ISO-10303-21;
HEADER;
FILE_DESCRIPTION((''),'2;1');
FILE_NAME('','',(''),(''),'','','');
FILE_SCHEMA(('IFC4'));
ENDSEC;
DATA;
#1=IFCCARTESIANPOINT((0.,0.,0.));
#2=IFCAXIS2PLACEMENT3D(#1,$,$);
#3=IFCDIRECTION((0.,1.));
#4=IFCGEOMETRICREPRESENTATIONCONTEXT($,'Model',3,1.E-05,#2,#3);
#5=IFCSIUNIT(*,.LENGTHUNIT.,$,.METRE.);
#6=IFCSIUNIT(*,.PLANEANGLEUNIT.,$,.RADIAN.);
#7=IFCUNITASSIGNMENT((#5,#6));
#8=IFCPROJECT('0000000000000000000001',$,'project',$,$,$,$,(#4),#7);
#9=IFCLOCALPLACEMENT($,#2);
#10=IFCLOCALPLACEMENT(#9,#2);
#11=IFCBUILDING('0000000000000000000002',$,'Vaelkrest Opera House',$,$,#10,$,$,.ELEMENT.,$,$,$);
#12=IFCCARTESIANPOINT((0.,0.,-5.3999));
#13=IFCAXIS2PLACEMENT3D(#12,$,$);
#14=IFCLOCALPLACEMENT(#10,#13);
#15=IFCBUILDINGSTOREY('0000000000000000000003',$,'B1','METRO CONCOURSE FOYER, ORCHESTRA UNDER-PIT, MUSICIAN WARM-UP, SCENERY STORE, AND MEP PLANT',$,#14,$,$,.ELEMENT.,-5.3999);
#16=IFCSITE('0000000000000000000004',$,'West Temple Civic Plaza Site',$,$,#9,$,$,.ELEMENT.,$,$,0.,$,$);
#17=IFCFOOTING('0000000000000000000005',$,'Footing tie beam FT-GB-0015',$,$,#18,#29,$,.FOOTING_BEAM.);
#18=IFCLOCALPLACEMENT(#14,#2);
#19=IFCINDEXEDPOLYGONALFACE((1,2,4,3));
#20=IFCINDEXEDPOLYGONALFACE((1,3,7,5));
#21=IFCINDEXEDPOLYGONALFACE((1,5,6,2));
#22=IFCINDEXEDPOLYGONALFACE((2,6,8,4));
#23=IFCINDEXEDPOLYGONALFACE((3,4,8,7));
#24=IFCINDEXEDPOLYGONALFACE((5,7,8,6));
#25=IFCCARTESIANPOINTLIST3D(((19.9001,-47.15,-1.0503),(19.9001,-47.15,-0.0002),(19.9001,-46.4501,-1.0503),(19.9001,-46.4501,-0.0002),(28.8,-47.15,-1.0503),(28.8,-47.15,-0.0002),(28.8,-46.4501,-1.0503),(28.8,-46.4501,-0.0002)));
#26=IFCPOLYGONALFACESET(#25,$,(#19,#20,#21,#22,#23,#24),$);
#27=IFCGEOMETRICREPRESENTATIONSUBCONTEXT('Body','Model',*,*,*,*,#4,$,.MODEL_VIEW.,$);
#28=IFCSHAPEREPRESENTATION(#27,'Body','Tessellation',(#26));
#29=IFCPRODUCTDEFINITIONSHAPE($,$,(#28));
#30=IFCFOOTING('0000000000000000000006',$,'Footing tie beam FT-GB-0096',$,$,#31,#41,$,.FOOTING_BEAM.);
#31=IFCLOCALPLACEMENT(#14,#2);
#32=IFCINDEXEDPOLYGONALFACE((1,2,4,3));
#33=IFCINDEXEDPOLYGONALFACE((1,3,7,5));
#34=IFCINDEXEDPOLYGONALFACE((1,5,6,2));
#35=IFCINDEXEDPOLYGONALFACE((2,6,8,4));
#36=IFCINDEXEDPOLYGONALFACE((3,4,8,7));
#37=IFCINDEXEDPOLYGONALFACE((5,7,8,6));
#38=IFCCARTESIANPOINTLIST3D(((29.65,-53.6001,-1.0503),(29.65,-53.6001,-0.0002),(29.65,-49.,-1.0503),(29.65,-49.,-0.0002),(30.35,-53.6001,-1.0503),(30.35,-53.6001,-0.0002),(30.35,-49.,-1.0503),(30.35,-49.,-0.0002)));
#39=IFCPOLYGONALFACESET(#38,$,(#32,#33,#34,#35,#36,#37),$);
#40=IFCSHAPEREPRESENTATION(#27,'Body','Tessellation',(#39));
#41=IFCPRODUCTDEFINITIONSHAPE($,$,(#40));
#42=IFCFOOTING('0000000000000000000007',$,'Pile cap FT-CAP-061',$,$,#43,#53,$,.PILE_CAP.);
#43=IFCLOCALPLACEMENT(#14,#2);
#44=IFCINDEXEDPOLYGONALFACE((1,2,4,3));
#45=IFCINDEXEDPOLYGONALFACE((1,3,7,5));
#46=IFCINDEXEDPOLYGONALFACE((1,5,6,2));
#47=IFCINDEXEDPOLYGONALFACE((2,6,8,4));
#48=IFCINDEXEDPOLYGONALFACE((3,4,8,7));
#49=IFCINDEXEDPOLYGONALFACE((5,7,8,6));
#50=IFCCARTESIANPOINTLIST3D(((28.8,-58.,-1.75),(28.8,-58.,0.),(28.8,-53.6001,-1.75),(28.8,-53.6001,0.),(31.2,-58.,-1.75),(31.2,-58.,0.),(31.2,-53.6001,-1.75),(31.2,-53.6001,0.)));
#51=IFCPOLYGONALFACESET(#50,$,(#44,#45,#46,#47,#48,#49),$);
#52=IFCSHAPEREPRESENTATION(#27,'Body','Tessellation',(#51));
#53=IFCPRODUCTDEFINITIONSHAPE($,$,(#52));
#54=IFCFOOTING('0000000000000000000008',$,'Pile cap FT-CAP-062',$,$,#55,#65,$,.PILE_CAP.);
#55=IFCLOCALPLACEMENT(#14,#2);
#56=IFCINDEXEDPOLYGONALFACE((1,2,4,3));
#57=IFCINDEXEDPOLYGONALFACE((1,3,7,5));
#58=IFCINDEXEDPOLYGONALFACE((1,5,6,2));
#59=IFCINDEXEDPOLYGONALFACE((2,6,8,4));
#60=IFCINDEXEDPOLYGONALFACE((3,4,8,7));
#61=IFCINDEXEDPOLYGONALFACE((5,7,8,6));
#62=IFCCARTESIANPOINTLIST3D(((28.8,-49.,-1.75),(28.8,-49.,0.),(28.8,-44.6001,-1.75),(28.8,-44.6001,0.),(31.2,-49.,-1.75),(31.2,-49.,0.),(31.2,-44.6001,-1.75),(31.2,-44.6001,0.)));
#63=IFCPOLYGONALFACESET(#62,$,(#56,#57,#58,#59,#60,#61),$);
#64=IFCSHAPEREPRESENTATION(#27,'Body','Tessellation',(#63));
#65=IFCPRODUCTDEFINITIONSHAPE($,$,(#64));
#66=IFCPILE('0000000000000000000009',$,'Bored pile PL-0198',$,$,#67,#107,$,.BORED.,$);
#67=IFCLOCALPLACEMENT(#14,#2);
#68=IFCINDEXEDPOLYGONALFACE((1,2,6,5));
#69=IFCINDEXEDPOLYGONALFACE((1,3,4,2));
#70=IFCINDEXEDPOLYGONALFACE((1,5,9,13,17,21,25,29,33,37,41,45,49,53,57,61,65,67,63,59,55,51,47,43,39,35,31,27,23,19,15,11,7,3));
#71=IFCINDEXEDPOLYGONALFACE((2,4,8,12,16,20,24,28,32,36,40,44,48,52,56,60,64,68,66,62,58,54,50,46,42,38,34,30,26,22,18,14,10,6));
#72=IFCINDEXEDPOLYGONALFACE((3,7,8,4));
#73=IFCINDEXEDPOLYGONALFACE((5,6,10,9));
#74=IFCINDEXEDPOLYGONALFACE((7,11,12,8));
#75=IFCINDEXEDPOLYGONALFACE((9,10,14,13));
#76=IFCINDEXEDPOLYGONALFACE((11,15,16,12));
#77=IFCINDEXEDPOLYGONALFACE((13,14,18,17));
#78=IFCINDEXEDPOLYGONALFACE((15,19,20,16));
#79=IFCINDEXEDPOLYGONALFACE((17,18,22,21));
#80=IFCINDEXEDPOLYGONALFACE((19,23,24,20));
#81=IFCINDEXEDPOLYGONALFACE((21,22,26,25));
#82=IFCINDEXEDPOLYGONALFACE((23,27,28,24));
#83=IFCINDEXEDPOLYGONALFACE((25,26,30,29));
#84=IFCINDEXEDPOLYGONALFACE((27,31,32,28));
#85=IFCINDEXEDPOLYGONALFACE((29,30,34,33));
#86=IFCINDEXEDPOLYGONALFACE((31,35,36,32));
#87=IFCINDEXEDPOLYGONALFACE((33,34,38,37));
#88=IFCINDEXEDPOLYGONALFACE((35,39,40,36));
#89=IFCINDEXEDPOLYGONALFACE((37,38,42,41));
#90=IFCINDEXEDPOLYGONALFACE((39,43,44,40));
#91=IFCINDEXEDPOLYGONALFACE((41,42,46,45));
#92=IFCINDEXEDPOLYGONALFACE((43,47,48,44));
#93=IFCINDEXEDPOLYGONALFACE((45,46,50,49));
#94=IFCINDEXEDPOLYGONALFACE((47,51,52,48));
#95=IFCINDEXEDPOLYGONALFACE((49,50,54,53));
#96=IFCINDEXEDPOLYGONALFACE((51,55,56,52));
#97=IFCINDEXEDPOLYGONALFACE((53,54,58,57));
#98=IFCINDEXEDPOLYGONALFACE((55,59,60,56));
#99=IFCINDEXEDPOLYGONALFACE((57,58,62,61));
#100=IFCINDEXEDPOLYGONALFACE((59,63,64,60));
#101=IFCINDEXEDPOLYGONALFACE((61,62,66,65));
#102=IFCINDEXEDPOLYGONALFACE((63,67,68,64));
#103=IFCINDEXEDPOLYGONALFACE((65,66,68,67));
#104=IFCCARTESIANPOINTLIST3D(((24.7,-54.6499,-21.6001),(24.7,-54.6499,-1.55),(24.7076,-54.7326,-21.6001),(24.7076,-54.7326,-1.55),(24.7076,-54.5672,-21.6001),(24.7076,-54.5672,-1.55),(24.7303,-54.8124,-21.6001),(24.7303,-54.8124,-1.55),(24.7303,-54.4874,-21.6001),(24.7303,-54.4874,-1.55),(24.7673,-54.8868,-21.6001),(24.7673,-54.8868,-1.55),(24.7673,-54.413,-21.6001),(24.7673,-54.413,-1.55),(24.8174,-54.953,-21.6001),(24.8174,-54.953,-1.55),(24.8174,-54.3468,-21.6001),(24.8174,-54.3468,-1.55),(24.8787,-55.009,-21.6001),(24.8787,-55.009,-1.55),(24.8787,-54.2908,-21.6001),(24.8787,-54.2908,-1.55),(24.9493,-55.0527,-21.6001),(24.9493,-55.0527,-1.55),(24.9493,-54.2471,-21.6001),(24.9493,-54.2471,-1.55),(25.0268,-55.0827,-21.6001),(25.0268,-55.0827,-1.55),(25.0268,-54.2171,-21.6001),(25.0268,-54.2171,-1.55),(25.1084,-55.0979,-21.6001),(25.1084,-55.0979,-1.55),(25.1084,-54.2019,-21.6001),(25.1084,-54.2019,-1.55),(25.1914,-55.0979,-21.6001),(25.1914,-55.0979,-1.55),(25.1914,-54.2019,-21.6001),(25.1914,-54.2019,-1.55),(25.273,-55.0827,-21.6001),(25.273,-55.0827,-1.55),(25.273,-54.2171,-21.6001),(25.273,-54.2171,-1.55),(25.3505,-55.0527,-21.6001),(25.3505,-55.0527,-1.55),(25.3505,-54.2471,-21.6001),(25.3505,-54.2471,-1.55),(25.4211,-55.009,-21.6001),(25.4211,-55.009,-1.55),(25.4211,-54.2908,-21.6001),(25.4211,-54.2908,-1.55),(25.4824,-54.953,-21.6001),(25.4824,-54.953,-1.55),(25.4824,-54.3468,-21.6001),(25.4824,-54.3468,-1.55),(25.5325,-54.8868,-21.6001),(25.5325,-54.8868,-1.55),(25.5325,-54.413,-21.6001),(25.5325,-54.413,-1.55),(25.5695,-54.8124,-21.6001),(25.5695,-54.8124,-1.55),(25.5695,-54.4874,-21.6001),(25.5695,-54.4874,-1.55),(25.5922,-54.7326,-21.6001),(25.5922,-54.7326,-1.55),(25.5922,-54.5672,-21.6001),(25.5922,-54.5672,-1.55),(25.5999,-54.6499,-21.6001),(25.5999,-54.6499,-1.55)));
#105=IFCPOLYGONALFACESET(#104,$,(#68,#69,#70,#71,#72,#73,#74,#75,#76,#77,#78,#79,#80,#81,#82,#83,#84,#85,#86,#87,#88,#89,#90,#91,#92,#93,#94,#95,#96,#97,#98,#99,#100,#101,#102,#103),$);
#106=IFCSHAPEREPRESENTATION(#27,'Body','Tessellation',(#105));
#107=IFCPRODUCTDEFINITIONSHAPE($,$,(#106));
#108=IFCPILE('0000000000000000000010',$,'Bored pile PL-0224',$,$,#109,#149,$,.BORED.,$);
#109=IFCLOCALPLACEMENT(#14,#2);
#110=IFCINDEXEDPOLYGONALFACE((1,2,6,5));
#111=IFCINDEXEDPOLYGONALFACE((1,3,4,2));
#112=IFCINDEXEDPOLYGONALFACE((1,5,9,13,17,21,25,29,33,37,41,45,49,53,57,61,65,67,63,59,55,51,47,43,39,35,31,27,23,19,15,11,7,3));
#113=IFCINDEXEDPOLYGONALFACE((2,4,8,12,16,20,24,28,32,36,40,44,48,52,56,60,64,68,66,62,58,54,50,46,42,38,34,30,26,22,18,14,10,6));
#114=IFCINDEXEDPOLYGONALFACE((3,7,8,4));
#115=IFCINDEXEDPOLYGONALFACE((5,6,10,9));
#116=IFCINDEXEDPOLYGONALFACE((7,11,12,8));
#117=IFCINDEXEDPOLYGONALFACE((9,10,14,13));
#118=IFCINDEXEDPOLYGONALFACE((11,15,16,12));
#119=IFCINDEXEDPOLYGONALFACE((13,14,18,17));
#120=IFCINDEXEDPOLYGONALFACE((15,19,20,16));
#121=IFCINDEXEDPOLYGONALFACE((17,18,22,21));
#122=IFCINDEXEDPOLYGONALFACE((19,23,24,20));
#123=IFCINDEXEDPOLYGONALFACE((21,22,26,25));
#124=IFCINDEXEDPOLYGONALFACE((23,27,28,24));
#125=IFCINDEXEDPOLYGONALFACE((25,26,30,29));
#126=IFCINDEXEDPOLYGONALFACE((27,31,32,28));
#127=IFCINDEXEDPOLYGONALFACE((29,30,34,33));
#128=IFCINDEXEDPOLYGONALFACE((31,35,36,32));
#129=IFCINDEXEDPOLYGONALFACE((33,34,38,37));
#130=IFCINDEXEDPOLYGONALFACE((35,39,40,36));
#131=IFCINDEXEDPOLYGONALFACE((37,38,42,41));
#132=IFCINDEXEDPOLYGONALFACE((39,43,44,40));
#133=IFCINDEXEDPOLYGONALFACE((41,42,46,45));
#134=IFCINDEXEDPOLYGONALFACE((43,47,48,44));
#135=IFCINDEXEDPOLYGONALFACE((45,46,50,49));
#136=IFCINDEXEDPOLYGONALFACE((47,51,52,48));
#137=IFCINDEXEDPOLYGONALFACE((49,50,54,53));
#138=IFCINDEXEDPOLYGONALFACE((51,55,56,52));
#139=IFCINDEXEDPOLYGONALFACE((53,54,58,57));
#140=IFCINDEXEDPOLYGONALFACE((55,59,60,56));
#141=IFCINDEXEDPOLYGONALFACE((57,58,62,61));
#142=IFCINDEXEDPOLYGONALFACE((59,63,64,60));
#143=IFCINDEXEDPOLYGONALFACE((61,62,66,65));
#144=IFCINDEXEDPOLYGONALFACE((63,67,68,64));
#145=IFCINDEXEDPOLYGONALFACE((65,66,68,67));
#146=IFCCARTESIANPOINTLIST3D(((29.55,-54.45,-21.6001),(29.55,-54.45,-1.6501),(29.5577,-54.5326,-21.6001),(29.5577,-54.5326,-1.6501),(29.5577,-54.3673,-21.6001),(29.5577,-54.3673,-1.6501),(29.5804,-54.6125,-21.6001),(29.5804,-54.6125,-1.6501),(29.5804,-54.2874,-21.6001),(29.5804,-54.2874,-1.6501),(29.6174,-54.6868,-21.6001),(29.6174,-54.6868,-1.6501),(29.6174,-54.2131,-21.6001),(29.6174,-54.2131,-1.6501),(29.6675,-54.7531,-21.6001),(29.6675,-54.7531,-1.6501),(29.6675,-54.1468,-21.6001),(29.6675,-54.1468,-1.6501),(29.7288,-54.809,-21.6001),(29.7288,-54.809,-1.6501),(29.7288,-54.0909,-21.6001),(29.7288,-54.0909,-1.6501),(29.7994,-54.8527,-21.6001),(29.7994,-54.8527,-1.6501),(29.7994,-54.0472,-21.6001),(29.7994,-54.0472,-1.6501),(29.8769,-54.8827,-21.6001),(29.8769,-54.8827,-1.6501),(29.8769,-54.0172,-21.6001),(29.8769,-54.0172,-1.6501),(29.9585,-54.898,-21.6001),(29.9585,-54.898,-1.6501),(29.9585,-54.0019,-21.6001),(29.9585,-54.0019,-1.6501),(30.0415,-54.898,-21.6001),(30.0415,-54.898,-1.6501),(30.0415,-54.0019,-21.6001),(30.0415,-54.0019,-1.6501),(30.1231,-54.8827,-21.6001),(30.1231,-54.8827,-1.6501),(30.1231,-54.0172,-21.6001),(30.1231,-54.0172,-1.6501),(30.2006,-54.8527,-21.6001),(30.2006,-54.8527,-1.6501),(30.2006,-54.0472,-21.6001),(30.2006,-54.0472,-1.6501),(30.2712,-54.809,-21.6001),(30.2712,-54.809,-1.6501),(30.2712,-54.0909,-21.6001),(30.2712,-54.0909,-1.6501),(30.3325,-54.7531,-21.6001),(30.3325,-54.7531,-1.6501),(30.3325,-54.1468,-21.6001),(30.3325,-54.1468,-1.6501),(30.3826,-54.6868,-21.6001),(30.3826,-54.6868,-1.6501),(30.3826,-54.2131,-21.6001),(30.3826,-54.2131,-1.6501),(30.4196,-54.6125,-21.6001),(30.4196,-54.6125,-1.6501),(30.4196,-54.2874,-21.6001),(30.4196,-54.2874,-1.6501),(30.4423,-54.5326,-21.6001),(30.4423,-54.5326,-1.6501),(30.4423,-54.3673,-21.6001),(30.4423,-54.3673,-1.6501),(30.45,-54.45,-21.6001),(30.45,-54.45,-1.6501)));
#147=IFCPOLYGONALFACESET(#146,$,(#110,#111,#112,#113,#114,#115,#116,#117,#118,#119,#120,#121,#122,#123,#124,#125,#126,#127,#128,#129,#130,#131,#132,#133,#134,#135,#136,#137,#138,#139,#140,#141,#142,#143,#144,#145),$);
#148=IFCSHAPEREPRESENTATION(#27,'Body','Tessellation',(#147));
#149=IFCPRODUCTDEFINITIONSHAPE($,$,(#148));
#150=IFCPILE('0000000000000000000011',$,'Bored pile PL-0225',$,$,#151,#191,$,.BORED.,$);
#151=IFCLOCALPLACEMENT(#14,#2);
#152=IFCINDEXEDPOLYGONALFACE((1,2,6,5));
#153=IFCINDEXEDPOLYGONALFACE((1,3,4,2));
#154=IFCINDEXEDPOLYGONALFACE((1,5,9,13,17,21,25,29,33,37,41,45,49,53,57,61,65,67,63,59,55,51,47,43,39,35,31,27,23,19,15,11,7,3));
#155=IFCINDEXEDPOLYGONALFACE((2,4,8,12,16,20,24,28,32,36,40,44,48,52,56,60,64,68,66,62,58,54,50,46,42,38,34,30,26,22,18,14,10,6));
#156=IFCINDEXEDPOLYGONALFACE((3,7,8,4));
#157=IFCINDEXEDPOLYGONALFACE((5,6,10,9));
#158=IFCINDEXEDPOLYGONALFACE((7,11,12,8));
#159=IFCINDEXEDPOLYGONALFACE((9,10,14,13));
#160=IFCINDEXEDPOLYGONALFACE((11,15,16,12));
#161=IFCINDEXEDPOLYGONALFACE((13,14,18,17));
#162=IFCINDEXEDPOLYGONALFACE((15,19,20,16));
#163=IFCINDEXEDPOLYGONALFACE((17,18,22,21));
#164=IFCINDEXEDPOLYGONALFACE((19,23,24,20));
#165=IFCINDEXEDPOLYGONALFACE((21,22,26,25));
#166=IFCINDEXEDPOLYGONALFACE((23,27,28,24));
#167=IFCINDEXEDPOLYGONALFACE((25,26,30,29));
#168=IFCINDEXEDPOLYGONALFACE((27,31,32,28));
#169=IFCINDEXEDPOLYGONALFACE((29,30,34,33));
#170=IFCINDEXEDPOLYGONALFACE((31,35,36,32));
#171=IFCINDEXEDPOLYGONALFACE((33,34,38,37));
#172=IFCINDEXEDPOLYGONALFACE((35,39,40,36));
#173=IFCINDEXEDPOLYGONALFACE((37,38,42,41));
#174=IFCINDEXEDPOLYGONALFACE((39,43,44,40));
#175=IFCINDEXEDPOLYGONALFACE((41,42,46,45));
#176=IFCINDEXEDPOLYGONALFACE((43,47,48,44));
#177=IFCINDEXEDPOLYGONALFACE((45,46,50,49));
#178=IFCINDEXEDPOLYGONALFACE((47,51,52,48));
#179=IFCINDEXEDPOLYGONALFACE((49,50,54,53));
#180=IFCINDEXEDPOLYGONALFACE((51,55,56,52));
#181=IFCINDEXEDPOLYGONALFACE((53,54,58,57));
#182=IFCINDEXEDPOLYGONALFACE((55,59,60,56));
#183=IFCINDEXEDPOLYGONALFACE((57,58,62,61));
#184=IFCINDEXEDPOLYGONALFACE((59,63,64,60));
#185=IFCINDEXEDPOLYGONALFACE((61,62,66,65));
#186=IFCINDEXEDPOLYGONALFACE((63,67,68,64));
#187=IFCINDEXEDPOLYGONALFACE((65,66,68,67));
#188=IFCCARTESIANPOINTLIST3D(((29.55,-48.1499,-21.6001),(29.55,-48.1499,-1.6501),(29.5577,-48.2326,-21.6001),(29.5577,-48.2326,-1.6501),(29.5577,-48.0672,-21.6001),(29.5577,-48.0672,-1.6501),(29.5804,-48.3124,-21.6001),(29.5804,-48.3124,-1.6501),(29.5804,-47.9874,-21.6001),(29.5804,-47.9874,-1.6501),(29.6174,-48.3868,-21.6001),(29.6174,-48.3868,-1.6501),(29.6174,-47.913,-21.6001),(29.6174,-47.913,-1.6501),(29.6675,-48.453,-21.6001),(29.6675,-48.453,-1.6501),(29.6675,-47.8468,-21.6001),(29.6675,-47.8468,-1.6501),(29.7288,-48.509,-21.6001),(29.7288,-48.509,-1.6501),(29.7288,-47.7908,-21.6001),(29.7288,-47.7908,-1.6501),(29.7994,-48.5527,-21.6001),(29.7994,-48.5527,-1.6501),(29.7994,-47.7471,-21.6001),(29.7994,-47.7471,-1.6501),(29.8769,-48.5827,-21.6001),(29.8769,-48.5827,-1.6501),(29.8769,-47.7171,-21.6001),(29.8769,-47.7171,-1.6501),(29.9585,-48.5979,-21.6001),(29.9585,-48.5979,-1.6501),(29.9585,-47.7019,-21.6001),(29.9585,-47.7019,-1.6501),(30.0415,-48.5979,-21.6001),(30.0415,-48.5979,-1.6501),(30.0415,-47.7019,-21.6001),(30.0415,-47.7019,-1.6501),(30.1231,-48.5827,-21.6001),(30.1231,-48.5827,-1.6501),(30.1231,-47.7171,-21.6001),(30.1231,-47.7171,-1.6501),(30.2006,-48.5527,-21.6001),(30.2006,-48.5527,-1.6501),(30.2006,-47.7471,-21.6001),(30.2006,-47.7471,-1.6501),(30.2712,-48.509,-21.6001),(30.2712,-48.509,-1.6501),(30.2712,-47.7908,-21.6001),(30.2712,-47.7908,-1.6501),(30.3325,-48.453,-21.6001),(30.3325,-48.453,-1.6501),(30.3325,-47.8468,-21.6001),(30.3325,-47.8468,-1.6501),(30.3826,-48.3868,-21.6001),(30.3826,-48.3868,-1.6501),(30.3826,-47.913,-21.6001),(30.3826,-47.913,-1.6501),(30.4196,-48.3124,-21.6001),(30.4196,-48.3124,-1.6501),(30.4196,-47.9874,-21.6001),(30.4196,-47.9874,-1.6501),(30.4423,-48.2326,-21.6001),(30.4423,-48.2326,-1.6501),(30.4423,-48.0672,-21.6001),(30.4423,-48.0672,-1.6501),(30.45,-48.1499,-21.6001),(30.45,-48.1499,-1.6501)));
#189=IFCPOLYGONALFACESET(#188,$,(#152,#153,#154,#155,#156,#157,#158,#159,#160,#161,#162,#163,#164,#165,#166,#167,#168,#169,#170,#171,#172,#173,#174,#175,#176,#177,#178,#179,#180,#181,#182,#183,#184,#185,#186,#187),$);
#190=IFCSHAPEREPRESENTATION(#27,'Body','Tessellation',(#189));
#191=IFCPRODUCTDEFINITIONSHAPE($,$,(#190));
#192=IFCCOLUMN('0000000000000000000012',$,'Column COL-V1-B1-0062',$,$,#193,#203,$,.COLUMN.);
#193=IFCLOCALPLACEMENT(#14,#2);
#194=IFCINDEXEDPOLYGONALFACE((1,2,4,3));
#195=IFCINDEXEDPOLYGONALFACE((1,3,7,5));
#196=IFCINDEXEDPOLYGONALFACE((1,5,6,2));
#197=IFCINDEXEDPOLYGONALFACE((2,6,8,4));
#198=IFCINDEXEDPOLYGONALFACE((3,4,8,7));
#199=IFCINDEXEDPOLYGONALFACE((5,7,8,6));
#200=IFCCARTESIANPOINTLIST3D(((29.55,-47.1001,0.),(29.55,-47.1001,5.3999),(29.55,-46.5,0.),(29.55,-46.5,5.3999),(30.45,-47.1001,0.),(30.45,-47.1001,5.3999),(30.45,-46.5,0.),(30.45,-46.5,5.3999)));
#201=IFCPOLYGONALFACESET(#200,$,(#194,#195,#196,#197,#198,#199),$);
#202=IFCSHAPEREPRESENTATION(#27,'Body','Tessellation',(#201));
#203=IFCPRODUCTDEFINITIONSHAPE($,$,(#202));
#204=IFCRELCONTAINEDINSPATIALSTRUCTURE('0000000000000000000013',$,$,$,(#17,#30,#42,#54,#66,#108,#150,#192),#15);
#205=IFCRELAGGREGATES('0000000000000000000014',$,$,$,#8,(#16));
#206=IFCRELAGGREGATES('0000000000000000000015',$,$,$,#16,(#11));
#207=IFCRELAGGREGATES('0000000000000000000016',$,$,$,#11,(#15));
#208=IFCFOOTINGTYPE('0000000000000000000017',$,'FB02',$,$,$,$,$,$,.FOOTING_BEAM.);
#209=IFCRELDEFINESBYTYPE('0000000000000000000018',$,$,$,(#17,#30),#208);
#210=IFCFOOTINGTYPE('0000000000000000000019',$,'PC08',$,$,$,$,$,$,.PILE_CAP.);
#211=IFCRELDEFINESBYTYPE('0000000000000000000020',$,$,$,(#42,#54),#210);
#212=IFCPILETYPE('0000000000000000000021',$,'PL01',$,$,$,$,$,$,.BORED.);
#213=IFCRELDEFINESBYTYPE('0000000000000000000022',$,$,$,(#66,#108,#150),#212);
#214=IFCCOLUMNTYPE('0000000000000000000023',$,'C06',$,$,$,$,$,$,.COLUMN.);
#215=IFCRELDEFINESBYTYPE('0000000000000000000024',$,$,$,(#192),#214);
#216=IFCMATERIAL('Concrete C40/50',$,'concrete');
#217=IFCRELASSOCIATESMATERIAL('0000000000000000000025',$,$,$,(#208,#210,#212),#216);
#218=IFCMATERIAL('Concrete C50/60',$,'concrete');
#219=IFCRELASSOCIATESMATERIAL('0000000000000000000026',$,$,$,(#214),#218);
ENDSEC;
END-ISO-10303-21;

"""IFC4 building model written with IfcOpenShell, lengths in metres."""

from ifc_helpers import new_model, si_unit, direction, frame, origin, origin_2d, place, context, subcontext, project, spatial, rectangle, circle, extrude, material, material_profile, profile_set, type_object, element, save


model = new_model("IFC4")

# Units and contexts
model_context = context("Model", 3, precision=1e-05, world=origin(), true_north=direction((0.0, 1.0)))
body_context = subcontext(model_context, "Body", "Model", "MODEL_VIEW")
ifc_project = project(units=[si_unit("LENGTHUNIT", "METRE"), si_unit("PLANEANGLEUNIT", "RADIAN")], contexts=[model_context])

# Site, building, storey
site_placement = place(None, origin())
site = spatial("IfcSite", under=ifc_project, at=site_placement, Name="West Temple Civic Plaza Site", CompositionType="ELEMENT", RefElevation=0.0)
building_placement = place(site_placement, origin())
building = spatial("IfcBuilding", under=site, at=building_placement, Name="Vaelkrest Opera House", CompositionType="ELEMENT")
storey_placement = place(building_placement, frame((0.0, 0.0, -5.3999)))
storey = spatial("IfcBuildingStorey", under=building, at=storey_placement, Name="B1", Description="METRO CONCOURSE FOYER, ORCHESTRA UNDER-PIT, MUSICIAN WARM-UP, SCENERY STORE, AND MEP PLANT", CompositionType="ELEMENT", Elevation=-5.3999)

# Footings
ifc_material_1 = material(Name="Concrete C40/50", Category="concrete")
footing_type_1 = type_object("IfcFootingType", Name="FB02", PredefinedType="FOOTING_BEAM", material=ifc_material_1)
footing_1_placement = place(storey_placement, frame((24.3501, -46.8, -1.0503), z_axis=(0.0, 0.0, 1.0), x_axis=(1.0, 0.0, 0.0)))
element("IfcFooting", 1, at=footing_1_placement, inside=storey, type_object=footing_type_1, Name="Footing tie beam FT-GB-0015", PredefinedType="FOOTING_BEAM", context=body_context, shape_type="SweptSolid", body=[
    extrude(rectangle(XDim=8.8999, YDim=0.7, at=origin_2d()), origin(), (0.0, 0.0, 1.0), 1.05),
])
footing_2_placement = place(storey_placement, frame((30.0, -51.3, -1.0503), z_axis=(0.0, 0.0, 1.0), x_axis=(0.0, 1.0, 0.0)))
element("IfcFooting", 2, at=footing_2_placement, inside=storey, type_object=footing_type_1, Name="Footing tie beam FT-GB-0096", PredefinedType="FOOTING_BEAM", context=body_context, shape_type="SweptSolid", body=[
    extrude(rectangle(XDim=4.6001, YDim=0.7, at=origin_2d()), origin(), (0.0, 0.0, 1.0), 1.05),
])
footing_type_2 = type_object("IfcFootingType", Name="PC08", PredefinedType="PILE_CAP", material=ifc_material_1)
for number, where, z_axis, x_axis, name in (
    (3, (30.0, -55.8, -1.75), (0.0, 0.0, 1.0), (1.0, 0.0, 0.0), "Pile cap FT-CAP-061"),
    (4, (30.0, -46.8, -1.75), (0.0, 0.0, 1.0), (1.0, 0.0, 0.0), "Pile cap FT-CAP-062"),
):
    element("IfcFooting", number, at=place(storey_placement, frame(where, z_axis=z_axis, x_axis=x_axis)), inside=storey, type_object=footing_type_2, Name=name, PredefinedType="PILE_CAP", context=body_context, shape_type="SweptSolid", body=[
        extrude(rectangle(XDim=2.3999, YDim=4.3999, at=origin_2d()), origin(), (0.0, 0.0, 1.0), 1.75),
    ])

# Piles
ifc_material_profile_1 = material_profile(ifc_material_1, circle(Radius=0.45, at=origin_2d()), Name="PILE900")
ifc_profile_set_1 = profile_set([ifc_material_profile_1], Name="Concrete C40/50")
pile_type = type_object("IfcPileType", Name="PL01", PredefinedType="BORED", material=ifc_profile_set_1)
pile_placement = place(storey_placement, frame((25.1499, -54.6499, -1.55), z_axis=(0.0, 0.0, -1.0), x_axis=(1.0, 0.0, 0.0)))
element("IfcPile", 5, at=pile_placement, inside=storey, type_object=pile_type, Name="Bored pile PL-0198", PredefinedType="BORED", context=body_context, shape_type="SweptSolid", body=[
    extrude(circle(Radius=0.45, at=origin_2d()), origin(), (0.0, 0.0, 1.0), 20.05),
])
for number, where, z_axis, x_axis, name in (
    (6, (30.0, -54.45, -1.6501), (0.0, 0.0, -1.0), (1.0, 0.0, 0.0), "Bored pile PL-0224"),
    (7, (30.0, -48.1499, -1.6501), (0.0, 0.0, -1.0), (1.0, 0.0, 0.0), "Bored pile PL-0225"),
):
    element("IfcPile", number, at=place(storey_placement, frame(where, z_axis=z_axis, x_axis=x_axis)), inside=storey, type_object=pile_type, Name=name, PredefinedType="BORED", context=body_context, shape_type="SweptSolid", body=[
        extrude(circle(Radius=0.45, at=origin_2d()), origin(), (0.0, 0.0, 1.0), 19.95),
    ])

# Column
ifc_material_2 = material(Name="Concrete C50/60", Category="concrete")
ifc_material_profile_2 = material_profile(ifc_material_2, rectangle(XDim=0.6001, YDim=0.8999, at=origin_2d()), Name="RC600X900")
ifc_profile_set_2 = profile_set([ifc_material_profile_2], Name="Concrete C50/60")
column_type_1 = type_object("IfcColumnType", Name="C06", PredefinedType="COLUMN", material=ifc_profile_set_2)
column_1_placement = place(storey_placement, frame((30.0, -46.8, 0.0), z_axis=(0.0, 0.0, 1.0), x_axis=(0.0, 1.0, 0.0)))
element("IfcColumn", 8, at=column_1_placement, inside=storey, type_object=column_type_1, Name="Column COL-V1-B1-0062", PredefinedType="COLUMN", context=body_context, shape_type="SweptSolid", body=[
    extrude(rectangle(XDim=0.6001, YDim=0.8999, at=origin_2d()), origin(), (0.0, 0.0, 1.0), 5.3999),
])

save(model, "model.ifc")
